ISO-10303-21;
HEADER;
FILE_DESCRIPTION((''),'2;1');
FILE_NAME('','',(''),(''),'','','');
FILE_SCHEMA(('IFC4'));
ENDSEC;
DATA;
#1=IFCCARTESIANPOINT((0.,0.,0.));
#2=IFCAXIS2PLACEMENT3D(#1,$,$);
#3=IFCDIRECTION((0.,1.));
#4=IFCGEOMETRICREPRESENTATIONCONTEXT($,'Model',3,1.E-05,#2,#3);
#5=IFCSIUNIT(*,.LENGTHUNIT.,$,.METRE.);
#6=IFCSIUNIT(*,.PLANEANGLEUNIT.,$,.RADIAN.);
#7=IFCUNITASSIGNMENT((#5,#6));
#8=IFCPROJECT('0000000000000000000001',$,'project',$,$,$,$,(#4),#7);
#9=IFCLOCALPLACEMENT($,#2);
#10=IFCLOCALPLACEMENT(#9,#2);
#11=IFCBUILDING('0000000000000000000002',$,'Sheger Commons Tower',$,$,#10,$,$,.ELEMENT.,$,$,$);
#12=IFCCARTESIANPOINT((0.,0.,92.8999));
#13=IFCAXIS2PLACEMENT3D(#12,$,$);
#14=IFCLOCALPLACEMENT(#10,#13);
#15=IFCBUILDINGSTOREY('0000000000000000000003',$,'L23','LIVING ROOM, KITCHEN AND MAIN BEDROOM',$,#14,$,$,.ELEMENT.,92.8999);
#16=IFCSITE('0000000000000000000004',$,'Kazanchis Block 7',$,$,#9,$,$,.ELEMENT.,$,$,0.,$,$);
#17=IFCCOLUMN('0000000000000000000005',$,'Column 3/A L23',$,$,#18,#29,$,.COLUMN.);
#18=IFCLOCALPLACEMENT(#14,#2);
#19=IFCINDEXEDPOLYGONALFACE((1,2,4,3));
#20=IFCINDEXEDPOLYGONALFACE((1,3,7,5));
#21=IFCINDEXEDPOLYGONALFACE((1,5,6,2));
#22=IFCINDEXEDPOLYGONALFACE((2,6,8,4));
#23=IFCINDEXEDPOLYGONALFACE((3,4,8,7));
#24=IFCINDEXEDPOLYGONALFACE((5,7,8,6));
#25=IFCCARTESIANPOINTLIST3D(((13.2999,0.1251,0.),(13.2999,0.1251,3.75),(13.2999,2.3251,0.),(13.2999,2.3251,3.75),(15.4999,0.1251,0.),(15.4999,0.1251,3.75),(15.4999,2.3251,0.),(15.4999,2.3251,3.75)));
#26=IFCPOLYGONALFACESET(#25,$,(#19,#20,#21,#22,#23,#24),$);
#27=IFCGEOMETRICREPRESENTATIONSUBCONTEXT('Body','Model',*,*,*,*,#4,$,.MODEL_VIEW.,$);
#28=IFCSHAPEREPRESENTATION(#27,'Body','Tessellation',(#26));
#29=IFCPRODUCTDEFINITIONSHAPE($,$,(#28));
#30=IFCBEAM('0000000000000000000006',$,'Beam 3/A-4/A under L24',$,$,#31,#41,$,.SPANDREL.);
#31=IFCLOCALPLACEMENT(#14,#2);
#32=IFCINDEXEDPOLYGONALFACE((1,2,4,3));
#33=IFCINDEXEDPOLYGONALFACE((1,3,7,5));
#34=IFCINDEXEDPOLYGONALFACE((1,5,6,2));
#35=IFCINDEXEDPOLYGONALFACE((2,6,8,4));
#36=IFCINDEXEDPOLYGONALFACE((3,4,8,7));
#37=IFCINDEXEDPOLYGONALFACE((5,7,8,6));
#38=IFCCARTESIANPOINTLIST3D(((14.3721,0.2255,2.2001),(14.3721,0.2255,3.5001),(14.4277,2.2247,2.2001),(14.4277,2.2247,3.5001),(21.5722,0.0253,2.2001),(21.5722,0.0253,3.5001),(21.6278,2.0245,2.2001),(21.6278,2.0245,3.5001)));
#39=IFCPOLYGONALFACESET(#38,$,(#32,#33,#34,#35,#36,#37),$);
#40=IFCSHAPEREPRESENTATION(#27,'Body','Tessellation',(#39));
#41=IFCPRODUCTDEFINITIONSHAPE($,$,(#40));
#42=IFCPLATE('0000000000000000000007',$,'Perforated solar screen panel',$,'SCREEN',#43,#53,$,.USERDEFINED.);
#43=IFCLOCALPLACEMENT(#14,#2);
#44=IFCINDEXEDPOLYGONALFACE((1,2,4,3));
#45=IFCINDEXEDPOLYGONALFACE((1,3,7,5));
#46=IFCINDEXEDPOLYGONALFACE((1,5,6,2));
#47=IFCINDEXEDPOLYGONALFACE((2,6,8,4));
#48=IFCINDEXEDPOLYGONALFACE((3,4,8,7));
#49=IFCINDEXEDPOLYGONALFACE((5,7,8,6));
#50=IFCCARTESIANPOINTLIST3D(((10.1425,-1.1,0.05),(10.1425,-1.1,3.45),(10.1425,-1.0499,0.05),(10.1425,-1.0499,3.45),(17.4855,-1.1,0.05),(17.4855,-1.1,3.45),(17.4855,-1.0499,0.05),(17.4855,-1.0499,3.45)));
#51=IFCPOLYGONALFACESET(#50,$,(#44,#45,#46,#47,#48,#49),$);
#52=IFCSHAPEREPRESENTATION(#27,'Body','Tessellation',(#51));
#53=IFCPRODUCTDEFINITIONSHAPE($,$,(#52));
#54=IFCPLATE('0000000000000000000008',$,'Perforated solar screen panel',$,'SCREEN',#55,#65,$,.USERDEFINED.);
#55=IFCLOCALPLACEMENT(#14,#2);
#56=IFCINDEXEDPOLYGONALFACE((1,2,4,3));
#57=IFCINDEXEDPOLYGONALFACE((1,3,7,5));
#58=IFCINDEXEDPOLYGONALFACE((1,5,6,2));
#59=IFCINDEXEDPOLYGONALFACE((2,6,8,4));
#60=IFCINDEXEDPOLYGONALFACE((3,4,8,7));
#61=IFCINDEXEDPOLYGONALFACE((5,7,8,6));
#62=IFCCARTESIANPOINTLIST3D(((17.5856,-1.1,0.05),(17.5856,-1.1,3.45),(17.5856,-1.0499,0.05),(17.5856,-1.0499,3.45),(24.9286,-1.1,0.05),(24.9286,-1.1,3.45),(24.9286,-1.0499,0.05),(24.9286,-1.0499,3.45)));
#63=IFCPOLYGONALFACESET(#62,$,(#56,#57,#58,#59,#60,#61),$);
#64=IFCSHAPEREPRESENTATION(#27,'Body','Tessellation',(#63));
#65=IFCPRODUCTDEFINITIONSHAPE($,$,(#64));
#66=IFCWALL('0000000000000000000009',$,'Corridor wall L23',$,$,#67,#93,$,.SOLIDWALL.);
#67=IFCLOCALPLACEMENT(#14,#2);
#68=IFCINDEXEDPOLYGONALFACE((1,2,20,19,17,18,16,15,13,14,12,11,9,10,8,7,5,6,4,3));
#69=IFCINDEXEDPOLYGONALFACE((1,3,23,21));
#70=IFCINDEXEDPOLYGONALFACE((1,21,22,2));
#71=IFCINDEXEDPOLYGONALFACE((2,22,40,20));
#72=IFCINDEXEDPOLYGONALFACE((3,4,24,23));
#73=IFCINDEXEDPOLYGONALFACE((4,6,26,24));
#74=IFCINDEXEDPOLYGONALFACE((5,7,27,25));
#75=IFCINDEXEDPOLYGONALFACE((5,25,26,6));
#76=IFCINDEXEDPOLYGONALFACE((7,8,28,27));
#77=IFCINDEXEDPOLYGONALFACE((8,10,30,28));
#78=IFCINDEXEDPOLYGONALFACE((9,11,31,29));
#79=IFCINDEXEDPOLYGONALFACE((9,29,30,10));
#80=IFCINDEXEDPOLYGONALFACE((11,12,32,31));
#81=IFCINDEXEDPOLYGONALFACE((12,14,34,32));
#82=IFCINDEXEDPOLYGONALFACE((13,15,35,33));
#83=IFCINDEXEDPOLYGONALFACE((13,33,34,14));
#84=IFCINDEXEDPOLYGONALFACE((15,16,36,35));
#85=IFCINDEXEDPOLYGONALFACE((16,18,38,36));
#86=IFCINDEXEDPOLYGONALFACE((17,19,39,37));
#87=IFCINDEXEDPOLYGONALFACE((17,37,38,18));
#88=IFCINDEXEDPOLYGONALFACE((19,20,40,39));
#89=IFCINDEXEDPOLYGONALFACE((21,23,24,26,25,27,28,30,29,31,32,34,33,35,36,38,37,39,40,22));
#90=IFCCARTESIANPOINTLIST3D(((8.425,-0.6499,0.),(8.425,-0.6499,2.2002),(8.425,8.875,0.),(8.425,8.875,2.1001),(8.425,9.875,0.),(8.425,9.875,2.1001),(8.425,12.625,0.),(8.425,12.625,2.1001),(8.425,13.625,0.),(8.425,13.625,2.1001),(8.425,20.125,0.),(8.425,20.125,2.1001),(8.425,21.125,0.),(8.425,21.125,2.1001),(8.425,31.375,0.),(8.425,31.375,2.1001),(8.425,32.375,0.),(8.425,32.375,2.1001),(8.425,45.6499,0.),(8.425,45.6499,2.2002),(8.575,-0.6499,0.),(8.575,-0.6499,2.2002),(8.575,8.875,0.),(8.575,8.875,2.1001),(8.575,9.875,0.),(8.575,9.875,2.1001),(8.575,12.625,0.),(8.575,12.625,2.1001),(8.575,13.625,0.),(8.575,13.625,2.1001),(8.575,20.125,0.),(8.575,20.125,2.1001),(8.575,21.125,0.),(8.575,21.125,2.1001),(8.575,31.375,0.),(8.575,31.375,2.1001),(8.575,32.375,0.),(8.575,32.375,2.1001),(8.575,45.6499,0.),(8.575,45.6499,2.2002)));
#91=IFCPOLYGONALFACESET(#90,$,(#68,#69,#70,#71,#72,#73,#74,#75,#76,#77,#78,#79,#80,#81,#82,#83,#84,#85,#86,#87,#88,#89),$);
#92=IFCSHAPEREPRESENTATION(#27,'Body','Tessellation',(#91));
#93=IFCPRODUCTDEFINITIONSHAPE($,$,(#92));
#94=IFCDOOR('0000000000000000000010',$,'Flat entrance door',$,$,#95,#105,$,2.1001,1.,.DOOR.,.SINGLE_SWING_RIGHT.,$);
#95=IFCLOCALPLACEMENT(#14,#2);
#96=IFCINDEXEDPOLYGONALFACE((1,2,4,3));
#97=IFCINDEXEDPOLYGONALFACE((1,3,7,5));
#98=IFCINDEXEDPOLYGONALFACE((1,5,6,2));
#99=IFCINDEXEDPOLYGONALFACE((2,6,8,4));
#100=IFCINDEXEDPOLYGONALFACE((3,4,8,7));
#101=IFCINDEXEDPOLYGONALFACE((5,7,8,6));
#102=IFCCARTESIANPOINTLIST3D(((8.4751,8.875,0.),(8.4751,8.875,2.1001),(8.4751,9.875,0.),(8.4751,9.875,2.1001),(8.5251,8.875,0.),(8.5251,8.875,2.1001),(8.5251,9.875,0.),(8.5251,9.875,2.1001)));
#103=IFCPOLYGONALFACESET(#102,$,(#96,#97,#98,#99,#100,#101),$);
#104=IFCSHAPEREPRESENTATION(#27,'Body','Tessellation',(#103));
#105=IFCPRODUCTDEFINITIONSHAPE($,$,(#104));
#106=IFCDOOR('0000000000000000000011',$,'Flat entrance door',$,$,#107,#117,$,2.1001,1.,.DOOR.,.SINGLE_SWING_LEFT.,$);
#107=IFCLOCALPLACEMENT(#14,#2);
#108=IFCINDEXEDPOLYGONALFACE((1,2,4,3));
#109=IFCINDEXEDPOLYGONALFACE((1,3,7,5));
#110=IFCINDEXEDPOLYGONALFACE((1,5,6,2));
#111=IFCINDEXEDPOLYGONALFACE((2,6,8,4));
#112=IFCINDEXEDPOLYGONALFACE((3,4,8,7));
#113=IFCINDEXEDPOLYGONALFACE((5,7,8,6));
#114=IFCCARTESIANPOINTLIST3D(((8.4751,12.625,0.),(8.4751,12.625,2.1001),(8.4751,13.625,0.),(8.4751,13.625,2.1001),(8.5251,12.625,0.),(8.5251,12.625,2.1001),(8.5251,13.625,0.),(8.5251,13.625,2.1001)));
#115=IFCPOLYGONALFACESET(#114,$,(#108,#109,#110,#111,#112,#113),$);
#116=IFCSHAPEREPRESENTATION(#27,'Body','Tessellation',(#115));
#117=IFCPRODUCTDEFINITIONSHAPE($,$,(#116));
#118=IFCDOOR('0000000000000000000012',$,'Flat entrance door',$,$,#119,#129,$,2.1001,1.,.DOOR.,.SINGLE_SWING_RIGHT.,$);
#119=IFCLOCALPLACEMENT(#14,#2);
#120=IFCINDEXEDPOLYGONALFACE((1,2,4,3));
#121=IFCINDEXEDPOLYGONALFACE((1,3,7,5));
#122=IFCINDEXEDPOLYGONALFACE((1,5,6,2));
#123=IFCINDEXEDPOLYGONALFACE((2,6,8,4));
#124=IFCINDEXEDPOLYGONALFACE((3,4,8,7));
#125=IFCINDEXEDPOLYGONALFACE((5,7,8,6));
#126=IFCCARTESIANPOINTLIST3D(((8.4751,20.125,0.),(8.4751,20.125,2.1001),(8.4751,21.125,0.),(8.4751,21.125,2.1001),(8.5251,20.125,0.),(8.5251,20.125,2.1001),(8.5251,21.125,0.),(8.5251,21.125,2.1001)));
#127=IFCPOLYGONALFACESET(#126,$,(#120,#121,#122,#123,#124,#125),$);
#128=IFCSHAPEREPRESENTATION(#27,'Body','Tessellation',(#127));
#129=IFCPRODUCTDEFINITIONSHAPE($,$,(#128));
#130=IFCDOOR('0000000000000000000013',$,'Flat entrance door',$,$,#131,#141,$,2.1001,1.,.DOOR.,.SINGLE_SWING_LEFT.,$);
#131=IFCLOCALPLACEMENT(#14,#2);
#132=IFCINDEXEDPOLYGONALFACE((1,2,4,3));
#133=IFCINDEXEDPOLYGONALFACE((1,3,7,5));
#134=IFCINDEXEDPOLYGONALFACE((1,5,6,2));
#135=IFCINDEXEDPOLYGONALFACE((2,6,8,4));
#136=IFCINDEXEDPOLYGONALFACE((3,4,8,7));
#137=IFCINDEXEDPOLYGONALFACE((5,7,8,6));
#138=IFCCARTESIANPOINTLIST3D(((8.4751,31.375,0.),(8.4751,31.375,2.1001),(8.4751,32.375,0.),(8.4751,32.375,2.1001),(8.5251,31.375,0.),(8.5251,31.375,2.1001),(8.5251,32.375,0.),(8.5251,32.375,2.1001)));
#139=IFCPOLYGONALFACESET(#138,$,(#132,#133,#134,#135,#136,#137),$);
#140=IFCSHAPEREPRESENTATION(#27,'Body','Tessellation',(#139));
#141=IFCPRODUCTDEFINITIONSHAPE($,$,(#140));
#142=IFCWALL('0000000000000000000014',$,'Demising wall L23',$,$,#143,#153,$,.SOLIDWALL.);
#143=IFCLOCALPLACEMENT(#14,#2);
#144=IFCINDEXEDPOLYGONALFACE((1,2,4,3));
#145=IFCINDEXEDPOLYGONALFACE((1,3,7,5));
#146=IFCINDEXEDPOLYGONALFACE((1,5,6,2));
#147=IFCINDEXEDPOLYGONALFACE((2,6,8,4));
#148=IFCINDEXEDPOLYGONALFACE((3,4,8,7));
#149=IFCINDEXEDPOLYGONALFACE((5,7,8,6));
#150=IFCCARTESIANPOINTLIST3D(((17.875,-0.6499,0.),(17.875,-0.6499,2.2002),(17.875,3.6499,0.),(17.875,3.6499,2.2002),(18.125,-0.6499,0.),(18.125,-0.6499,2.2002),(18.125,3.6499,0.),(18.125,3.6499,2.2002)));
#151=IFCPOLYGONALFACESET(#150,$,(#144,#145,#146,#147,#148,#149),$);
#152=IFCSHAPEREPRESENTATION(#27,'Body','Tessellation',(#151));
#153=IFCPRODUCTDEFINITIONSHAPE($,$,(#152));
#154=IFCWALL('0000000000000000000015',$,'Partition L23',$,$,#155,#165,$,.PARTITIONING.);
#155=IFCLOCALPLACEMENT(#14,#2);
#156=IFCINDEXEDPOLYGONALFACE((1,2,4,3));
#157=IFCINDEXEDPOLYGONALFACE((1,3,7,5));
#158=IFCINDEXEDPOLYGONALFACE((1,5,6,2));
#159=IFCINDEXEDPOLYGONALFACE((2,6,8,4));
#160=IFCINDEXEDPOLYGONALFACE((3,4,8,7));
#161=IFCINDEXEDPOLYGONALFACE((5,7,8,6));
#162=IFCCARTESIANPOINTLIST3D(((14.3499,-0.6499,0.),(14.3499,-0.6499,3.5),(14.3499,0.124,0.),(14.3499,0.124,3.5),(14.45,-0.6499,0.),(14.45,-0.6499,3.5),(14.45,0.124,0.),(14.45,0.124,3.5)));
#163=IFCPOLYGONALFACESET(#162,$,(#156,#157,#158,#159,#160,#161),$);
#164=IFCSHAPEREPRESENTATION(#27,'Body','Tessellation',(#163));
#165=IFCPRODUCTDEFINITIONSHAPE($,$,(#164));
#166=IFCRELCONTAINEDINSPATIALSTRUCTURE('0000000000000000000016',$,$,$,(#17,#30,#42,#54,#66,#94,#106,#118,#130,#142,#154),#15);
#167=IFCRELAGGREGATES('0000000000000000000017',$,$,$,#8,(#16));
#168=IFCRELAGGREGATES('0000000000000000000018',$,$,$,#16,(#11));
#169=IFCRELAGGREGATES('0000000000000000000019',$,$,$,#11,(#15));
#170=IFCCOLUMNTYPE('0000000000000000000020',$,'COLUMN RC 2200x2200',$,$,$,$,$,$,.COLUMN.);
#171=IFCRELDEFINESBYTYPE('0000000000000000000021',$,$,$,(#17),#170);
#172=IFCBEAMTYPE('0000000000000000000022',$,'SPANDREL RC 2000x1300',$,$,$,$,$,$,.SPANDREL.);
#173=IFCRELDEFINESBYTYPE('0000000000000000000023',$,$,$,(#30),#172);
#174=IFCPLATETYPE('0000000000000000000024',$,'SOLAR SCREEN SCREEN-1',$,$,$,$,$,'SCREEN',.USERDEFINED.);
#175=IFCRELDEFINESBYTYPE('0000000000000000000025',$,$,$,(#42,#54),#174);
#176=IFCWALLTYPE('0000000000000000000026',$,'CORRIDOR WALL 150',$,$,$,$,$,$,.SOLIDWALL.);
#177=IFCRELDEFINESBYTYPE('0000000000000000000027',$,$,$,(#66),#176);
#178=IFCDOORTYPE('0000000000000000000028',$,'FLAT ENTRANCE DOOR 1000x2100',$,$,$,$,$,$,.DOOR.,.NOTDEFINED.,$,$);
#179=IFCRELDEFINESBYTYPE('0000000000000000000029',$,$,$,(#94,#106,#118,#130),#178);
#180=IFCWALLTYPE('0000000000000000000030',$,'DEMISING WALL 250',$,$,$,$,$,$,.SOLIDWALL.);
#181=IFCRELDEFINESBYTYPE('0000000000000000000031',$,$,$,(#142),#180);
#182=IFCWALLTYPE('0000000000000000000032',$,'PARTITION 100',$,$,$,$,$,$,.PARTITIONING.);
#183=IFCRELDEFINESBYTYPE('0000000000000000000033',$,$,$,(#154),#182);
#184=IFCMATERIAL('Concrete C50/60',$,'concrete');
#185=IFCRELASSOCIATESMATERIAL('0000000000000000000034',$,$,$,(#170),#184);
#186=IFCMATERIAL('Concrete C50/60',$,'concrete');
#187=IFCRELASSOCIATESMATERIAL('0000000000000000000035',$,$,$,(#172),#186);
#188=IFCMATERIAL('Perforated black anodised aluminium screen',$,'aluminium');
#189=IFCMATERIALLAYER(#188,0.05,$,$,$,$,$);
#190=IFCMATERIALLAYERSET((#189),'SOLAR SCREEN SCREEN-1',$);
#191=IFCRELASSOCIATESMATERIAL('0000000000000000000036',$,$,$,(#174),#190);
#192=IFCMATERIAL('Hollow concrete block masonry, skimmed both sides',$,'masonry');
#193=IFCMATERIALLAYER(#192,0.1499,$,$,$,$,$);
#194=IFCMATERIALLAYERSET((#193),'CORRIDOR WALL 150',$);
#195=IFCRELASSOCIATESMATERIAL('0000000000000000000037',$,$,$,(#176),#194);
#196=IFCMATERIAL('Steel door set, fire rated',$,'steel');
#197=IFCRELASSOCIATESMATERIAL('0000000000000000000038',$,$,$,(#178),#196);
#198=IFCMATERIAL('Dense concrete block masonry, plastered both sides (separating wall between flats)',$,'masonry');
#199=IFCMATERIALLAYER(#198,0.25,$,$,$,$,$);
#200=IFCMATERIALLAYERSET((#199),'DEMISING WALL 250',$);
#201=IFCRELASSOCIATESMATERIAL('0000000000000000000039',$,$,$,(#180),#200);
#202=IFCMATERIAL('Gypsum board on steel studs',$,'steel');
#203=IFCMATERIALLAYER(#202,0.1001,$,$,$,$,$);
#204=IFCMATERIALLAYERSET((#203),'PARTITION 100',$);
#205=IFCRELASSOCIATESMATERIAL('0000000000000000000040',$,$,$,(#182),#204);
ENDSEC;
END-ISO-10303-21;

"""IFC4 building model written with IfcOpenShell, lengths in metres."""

from ifc_helpers import new_model, si_unit, direction, frame, frame_2d, origin, origin_2d, place, context, subcontext, project, spatial, rectangle, extrude, material, layer, layer_set, material_profile, profile_set, type_object, element, fill, save


model = new_model("IFC4")

# Units and contexts
model_context = context("Model", 3, precision=1e-05, world=origin(), true_north=direction((0.0, 1.0)))
body_context = subcontext(model_context, "Body", "Model", "MODEL_VIEW")
ifc_project = project(units=[si_unit("LENGTHUNIT", "METRE"), si_unit("PLANEANGLEUNIT", "RADIAN")], contexts=[model_context])

# Site, building, storey
site_placement = place(None, origin())
site = spatial("IfcSite", under=ifc_project, at=site_placement, Name="Kazanchis Block 7", CompositionType="ELEMENT", RefElevation=0.0)
building_placement = place(site_placement, origin())
building = spatial("IfcBuilding", under=site, at=building_placement, Name="Sheger Commons Tower", CompositionType="ELEMENT")
storey_placement = place(building_placement, frame((0.0, 0.0, 92.8999)))
storey = spatial("IfcBuildingStorey", under=building, at=storey_placement, Name="L23", Description="LIVING ROOM, KITCHEN AND MAIN BEDROOM", CompositionType="ELEMENT", Elevation=92.8999)

# Column
ifc_material_1 = material(Name="Concrete C50/60", Category="concrete")
ifc_material_profile_1 = material_profile(ifc_material_1, rectangle(XDim=2.2, YDim=2.2, at=origin_2d()), Name="RC 2200x2200")
ifc_profile_set_1 = profile_set([ifc_material_profile_1], Name="Concrete C50/60")
column_type = type_object("IfcColumnType", Name="COLUMN RC 2200x2200", PredefinedType="COLUMN", material=ifc_profile_set_1)
column_placement = place(storey_placement, frame((14.3999, 1.2251, 0.0), z_axis=(0.0, 0.0, 1.0), x_axis=(1.0, 0.0, 0.0)))
element("IfcColumn", 1, at=column_placement, inside=storey, type_object=column_type, Name="Column 3/A L23", PredefinedType="COLUMN", context=body_context, shape_type="SweptSolid", body=[
    extrude(rectangle(XDim=2.2, YDim=2.2, at=origin_2d()), origin(), (0.0, 0.0, 1.0), 3.75),
])

# Beam
ifc_material_2 = material(Name="Concrete C50/60", Category="concrete")
ifc_material_profile_2 = material_profile(ifc_material_2, rectangle(XDim=2.0, YDim=1.3, at=origin_2d()), Name="RC 2000x1300")
ifc_profile_set_2 = profile_set([ifc_material_profile_2], Name="Concrete C50/60")
beam_type = type_object("IfcBeamType", Name="SPANDREL RC 2000x1300", PredefinedType="SPANDREL", material=ifc_profile_set_2)
beam_placement = place(storey_placement, frame((14.3999, 1.2251, 2.8501), z_axis=(0.999614, -0.027793, 0.0), x_axis=(0.027793, 0.999614, 0.0)))
element("IfcBeam", 2, at=beam_placement, inside=storey, type_object=beam_type, Name="Beam 3/A-4/A under L24", PredefinedType="SPANDREL", context=body_context, shape_type="SweptSolid", body=[
    extrude(rectangle(XDim=2.0, YDim=1.3, at=origin_2d()), origin(), (0.0, 0.0, 1.0), 7.2029),
])

# Plates
ifc_material_3 = material(Name="Perforated black anodised aluminium screen", Category="aluminium")
ifc_layer_1 = layer(ifc_material_3, 0.05)
ifc_layer_set_1 = layer_set([ifc_layer_1], Name="SOLAR SCREEN SCREEN-1")
plate_type = type_object("IfcPlateType", Name="SOLAR SCREEN SCREEN-1", ElementType="SCREEN", PredefinedType="USERDEFINED", material=ifc_layer_set_1)
for number, where, z_axis, x_axis, name in (
    (3, (13.814, -1.075, 0.05), (0.0, 0.0, 1.0), (1.0, 0.0, 0.0), "Perforated solar screen panel"),
    (4, (21.2571, -1.075, 0.05), (0.0, 0.0, 1.0), (1.0, 0.0, 0.0), "Perforated solar screen panel"),
):
    element("IfcPlate", number, at=place(storey_placement, frame(where, z_axis=z_axis, x_axis=x_axis)), inside=storey, type_object=plate_type, Name=name, ObjectType="SCREEN", PredefinedType="USERDEFINED", context=body_context, shape_type="SweptSolid", body=[
        extrude(rectangle(XDim=7.343, YDim=0.05, at=origin_2d()), origin(), (0.0, 0.0, 1.0), 3.3999),
    ])

# Wall, openings, doors
ifc_material_4 = material(Name="Hollow concrete block masonry, skimmed both sides", Category="masonry")
ifc_layer_2 = layer(ifc_material_4, 0.1499)
ifc_layer_set_2 = layer_set([ifc_layer_2], Name="CORRIDOR WALL 150")
wall_type_1 = type_object("IfcWallType", Name="CORRIDOR WALL 150", PredefinedType="SOLIDWALL", material=ifc_layer_set_2)
wall_1_placement = place(storey_placement, frame((8.5, -0.6499, 0.0), z_axis=(0.0, 0.0, 1.0), x_axis=(0.0, 1.0, 0.0)))
wall_1 = element("IfcWall", 5, at=wall_1_placement, inside=storey, type_object=wall_type_1, Name="Corridor wall L23", PredefinedType="SOLIDWALL", context=body_context, shape_type="SweptSolid", body=[
    extrude(rectangle(XDim=46.2998, YDim=0.1499, at=frame_2d((23.1499, 0.0))), origin(), (0.0, 0.0, 1.0), 2.2002),
])
opening_1_placement = place(wall_1_placement, frame((9.5249, 0.0, 0.0)))
opening_1 = element("IfcOpeningElement", 6, at=opening_1_placement, cuts=wall_1, PredefinedType="OPENING", context=body_context, shape_type="SweptSolid", body=[
    extrude(rectangle(XDim=1.0, YDim=2.1001, at=frame_2d((0.5, 1.05))), frame((0.0, 0.085, 0.0), z_axis=(0.0, -1.0, 0.0), x_axis=(1.0, 0.0, 0.0)), (0.0, 0.0, 1.0), 0.1699),
])
opening_2_placement = place(wall_1_placement, frame((13.2749, 0.0, 0.0)))
opening_2 = element("IfcOpeningElement", 7, at=opening_2_placement, cuts=wall_1, PredefinedType="OPENING", context=body_context, shape_type="SweptSolid", body=[
    extrude(rectangle(XDim=1.0, YDim=2.1001, at=frame_2d((0.5, 1.05))), frame((0.0, 0.085, 0.0), z_axis=(0.0, -1.0, 0.0), x_axis=(1.0, 0.0, 0.0)), (0.0, 0.0, 1.0), 0.1699),
])
opening_3_placement = place(wall_1_placement, frame((20.7749, 0.0, 0.0)))
opening_3 = element("IfcOpeningElement", 8, at=opening_3_placement, cuts=wall_1, PredefinedType="OPENING", context=body_context, shape_type="SweptSolid", body=[
    extrude(rectangle(XDim=1.0, YDim=2.1001, at=frame_2d((0.5, 1.05))), frame((0.0, 0.085, 0.0), z_axis=(0.0, -1.0, 0.0), x_axis=(1.0, 0.0, 0.0)), (0.0, 0.0, 1.0), 0.1699),
])
opening_4_placement = place(wall_1_placement, frame((32.0249, 0.0, 0.0)))
opening_4 = element("IfcOpeningElement", 9, at=opening_4_placement, cuts=wall_1, PredefinedType="OPENING", context=body_context, shape_type="SweptSolid", body=[
    extrude(rectangle(XDim=1.0, YDim=2.1001, at=frame_2d((0.5, 1.05))), frame((0.0, 0.085, 0.0), z_axis=(0.0, -1.0, 0.0), x_axis=(1.0, 0.0, 0.0)), (0.0, 0.0, 1.0), 0.1699),
])
ifc_material_5 = material(Name="Steel door set, fire rated", Category="steel")
door_type_1 = type_object("IfcDoorType", Name="FLAT ENTRANCE DOOR 1000x2100", OperationType="NOTDEFINED", PredefinedType="DOOR", material=ifc_material_5)
door_1_placement = place(opening_1_placement, origin())
door_1 = element("IfcDoor", 10, at=door_1_placement, inside=storey, type_object=door_type_1, Name="Flat entrance door", OperationType="SINGLE_SWING_RIGHT", OverallHeight=2.1001, OverallWidth=1.0, PredefinedType="DOOR", context=body_context, shape_type="SweptSolid", body=[
    extrude(rectangle(XDim=1.0, YDim=2.1001, at=frame_2d((0.5, 1.05))), frame((0.0, 0.0249, 0.0), z_axis=(0.0, -1.0, 0.0), x_axis=(1.0, 0.0, 0.0)), (0.0, 0.0, 1.0), 0.05),
])
fill(opening_1, door_1)
door_2_placement = place(opening_2_placement, origin())
door_2 = element("IfcDoor", 11, at=door_2_placement, inside=storey, type_object=door_type_1, Name="Flat entrance door", OperationType="SINGLE_SWING_LEFT", OverallHeight=2.1001, OverallWidth=1.0, PredefinedType="DOOR", context=body_context, shape_type="SweptSolid", body=[
    extrude(rectangle(XDim=1.0, YDim=2.1001, at=frame_2d((0.5, 1.05))), frame((0.0, 0.0249, 0.0), z_axis=(0.0, -1.0, 0.0), x_axis=(1.0, 0.0, 0.0)), (0.0, 0.0, 1.0), 0.05),
])
fill(opening_2, door_2)
door_3_placement = place(opening_3_placement, origin())
door_3 = element("IfcDoor", 12, at=door_3_placement, inside=storey, type_object=door_type_1, Name="Flat entrance door", OperationType="SINGLE_SWING_RIGHT", OverallHeight=2.1001, OverallWidth=1.0, PredefinedType="DOOR", context=body_context, shape_type="SweptSolid", body=[
    extrude(rectangle(XDim=1.0, YDim=2.1001, at=frame_2d((0.5, 1.05))), frame((0.0, 0.0249, 0.0), z_axis=(0.0, -1.0, 0.0), x_axis=(1.0, 0.0, 0.0)), (0.0, 0.0, 1.0), 0.05),
])
fill(opening_3, door_3)
door_4_placement = place(opening_4_placement, origin())
door_4 = element("IfcDoor", 13, at=door_4_placement, inside=storey, type_object=door_type_1, Name="Flat entrance door", OperationType="SINGLE_SWING_LEFT", OverallHeight=2.1001, OverallWidth=1.0, PredefinedType="DOOR", context=body_context, shape_type="SweptSolid", body=[
    extrude(rectangle(XDim=1.0, YDim=2.1001, at=frame_2d((0.5, 1.05))), frame((0.0, 0.0249, 0.0), z_axis=(0.0, -1.0, 0.0), x_axis=(1.0, 0.0, 0.0)), (0.0, 0.0, 1.0), 0.05),
])
fill(opening_4, door_4)

# Walls
ifc_material_6 = material(Name="Dense concrete block masonry, plastered both sides (separating wall between flats)", Category="masonry")
ifc_layer_3 = layer(ifc_material_6, 0.25)
ifc_layer_set_3 = layer_set([ifc_layer_3], Name="DEMISING WALL 250")
wall_type_2 = type_object("IfcWallType", Name="DEMISING WALL 250", PredefinedType="SOLIDWALL", material=ifc_layer_set_3)
wall_2_placement = place(storey_placement, frame((18.0, -0.6499, 0.0), z_axis=(0.0, 0.0, 1.0), x_axis=(0.0, 1.0, 0.0)))
element("IfcWall", 14, at=wall_2_placement, inside=storey, type_object=wall_type_2, Name="Demising wall L23", PredefinedType="SOLIDWALL", context=body_context, shape_type="SweptSolid", body=[
    extrude(rectangle(XDim=4.2998, YDim=0.25, at=frame_2d((2.1499, 0.0))), origin(), (0.0, 0.0, 1.0), 2.2002),
])
ifc_material_7 = material(Name="Gypsum board on steel studs", Category="steel")
ifc_layer_4 = layer(ifc_material_7, 0.1001)
ifc_layer_set_4 = layer_set([ifc_layer_4], Name="PARTITION 100")
wall_type_3 = type_object("IfcWallType", Name="PARTITION 100", PredefinedType="PARTITIONING", material=ifc_layer_set_4)
wall_3_placement = place(storey_placement, frame((14.3999, -0.6499, 0.0), z_axis=(0.0, 0.0, 1.0), x_axis=(0.0, 1.0, 0.0)))
element("IfcWall", 15, at=wall_3_placement, inside=storey, type_object=wall_type_3, Name="Partition L23", PredefinedType="PARTITIONING", context=body_context, shape_type="SweptSolid", body=[
    extrude(rectangle(XDim=0.7739, YDim=0.1001, at=frame_2d((0.387, 0.0))), origin(), (0.0, 0.0, 1.0), 3.5),
])

save(model, "model.ifc")
